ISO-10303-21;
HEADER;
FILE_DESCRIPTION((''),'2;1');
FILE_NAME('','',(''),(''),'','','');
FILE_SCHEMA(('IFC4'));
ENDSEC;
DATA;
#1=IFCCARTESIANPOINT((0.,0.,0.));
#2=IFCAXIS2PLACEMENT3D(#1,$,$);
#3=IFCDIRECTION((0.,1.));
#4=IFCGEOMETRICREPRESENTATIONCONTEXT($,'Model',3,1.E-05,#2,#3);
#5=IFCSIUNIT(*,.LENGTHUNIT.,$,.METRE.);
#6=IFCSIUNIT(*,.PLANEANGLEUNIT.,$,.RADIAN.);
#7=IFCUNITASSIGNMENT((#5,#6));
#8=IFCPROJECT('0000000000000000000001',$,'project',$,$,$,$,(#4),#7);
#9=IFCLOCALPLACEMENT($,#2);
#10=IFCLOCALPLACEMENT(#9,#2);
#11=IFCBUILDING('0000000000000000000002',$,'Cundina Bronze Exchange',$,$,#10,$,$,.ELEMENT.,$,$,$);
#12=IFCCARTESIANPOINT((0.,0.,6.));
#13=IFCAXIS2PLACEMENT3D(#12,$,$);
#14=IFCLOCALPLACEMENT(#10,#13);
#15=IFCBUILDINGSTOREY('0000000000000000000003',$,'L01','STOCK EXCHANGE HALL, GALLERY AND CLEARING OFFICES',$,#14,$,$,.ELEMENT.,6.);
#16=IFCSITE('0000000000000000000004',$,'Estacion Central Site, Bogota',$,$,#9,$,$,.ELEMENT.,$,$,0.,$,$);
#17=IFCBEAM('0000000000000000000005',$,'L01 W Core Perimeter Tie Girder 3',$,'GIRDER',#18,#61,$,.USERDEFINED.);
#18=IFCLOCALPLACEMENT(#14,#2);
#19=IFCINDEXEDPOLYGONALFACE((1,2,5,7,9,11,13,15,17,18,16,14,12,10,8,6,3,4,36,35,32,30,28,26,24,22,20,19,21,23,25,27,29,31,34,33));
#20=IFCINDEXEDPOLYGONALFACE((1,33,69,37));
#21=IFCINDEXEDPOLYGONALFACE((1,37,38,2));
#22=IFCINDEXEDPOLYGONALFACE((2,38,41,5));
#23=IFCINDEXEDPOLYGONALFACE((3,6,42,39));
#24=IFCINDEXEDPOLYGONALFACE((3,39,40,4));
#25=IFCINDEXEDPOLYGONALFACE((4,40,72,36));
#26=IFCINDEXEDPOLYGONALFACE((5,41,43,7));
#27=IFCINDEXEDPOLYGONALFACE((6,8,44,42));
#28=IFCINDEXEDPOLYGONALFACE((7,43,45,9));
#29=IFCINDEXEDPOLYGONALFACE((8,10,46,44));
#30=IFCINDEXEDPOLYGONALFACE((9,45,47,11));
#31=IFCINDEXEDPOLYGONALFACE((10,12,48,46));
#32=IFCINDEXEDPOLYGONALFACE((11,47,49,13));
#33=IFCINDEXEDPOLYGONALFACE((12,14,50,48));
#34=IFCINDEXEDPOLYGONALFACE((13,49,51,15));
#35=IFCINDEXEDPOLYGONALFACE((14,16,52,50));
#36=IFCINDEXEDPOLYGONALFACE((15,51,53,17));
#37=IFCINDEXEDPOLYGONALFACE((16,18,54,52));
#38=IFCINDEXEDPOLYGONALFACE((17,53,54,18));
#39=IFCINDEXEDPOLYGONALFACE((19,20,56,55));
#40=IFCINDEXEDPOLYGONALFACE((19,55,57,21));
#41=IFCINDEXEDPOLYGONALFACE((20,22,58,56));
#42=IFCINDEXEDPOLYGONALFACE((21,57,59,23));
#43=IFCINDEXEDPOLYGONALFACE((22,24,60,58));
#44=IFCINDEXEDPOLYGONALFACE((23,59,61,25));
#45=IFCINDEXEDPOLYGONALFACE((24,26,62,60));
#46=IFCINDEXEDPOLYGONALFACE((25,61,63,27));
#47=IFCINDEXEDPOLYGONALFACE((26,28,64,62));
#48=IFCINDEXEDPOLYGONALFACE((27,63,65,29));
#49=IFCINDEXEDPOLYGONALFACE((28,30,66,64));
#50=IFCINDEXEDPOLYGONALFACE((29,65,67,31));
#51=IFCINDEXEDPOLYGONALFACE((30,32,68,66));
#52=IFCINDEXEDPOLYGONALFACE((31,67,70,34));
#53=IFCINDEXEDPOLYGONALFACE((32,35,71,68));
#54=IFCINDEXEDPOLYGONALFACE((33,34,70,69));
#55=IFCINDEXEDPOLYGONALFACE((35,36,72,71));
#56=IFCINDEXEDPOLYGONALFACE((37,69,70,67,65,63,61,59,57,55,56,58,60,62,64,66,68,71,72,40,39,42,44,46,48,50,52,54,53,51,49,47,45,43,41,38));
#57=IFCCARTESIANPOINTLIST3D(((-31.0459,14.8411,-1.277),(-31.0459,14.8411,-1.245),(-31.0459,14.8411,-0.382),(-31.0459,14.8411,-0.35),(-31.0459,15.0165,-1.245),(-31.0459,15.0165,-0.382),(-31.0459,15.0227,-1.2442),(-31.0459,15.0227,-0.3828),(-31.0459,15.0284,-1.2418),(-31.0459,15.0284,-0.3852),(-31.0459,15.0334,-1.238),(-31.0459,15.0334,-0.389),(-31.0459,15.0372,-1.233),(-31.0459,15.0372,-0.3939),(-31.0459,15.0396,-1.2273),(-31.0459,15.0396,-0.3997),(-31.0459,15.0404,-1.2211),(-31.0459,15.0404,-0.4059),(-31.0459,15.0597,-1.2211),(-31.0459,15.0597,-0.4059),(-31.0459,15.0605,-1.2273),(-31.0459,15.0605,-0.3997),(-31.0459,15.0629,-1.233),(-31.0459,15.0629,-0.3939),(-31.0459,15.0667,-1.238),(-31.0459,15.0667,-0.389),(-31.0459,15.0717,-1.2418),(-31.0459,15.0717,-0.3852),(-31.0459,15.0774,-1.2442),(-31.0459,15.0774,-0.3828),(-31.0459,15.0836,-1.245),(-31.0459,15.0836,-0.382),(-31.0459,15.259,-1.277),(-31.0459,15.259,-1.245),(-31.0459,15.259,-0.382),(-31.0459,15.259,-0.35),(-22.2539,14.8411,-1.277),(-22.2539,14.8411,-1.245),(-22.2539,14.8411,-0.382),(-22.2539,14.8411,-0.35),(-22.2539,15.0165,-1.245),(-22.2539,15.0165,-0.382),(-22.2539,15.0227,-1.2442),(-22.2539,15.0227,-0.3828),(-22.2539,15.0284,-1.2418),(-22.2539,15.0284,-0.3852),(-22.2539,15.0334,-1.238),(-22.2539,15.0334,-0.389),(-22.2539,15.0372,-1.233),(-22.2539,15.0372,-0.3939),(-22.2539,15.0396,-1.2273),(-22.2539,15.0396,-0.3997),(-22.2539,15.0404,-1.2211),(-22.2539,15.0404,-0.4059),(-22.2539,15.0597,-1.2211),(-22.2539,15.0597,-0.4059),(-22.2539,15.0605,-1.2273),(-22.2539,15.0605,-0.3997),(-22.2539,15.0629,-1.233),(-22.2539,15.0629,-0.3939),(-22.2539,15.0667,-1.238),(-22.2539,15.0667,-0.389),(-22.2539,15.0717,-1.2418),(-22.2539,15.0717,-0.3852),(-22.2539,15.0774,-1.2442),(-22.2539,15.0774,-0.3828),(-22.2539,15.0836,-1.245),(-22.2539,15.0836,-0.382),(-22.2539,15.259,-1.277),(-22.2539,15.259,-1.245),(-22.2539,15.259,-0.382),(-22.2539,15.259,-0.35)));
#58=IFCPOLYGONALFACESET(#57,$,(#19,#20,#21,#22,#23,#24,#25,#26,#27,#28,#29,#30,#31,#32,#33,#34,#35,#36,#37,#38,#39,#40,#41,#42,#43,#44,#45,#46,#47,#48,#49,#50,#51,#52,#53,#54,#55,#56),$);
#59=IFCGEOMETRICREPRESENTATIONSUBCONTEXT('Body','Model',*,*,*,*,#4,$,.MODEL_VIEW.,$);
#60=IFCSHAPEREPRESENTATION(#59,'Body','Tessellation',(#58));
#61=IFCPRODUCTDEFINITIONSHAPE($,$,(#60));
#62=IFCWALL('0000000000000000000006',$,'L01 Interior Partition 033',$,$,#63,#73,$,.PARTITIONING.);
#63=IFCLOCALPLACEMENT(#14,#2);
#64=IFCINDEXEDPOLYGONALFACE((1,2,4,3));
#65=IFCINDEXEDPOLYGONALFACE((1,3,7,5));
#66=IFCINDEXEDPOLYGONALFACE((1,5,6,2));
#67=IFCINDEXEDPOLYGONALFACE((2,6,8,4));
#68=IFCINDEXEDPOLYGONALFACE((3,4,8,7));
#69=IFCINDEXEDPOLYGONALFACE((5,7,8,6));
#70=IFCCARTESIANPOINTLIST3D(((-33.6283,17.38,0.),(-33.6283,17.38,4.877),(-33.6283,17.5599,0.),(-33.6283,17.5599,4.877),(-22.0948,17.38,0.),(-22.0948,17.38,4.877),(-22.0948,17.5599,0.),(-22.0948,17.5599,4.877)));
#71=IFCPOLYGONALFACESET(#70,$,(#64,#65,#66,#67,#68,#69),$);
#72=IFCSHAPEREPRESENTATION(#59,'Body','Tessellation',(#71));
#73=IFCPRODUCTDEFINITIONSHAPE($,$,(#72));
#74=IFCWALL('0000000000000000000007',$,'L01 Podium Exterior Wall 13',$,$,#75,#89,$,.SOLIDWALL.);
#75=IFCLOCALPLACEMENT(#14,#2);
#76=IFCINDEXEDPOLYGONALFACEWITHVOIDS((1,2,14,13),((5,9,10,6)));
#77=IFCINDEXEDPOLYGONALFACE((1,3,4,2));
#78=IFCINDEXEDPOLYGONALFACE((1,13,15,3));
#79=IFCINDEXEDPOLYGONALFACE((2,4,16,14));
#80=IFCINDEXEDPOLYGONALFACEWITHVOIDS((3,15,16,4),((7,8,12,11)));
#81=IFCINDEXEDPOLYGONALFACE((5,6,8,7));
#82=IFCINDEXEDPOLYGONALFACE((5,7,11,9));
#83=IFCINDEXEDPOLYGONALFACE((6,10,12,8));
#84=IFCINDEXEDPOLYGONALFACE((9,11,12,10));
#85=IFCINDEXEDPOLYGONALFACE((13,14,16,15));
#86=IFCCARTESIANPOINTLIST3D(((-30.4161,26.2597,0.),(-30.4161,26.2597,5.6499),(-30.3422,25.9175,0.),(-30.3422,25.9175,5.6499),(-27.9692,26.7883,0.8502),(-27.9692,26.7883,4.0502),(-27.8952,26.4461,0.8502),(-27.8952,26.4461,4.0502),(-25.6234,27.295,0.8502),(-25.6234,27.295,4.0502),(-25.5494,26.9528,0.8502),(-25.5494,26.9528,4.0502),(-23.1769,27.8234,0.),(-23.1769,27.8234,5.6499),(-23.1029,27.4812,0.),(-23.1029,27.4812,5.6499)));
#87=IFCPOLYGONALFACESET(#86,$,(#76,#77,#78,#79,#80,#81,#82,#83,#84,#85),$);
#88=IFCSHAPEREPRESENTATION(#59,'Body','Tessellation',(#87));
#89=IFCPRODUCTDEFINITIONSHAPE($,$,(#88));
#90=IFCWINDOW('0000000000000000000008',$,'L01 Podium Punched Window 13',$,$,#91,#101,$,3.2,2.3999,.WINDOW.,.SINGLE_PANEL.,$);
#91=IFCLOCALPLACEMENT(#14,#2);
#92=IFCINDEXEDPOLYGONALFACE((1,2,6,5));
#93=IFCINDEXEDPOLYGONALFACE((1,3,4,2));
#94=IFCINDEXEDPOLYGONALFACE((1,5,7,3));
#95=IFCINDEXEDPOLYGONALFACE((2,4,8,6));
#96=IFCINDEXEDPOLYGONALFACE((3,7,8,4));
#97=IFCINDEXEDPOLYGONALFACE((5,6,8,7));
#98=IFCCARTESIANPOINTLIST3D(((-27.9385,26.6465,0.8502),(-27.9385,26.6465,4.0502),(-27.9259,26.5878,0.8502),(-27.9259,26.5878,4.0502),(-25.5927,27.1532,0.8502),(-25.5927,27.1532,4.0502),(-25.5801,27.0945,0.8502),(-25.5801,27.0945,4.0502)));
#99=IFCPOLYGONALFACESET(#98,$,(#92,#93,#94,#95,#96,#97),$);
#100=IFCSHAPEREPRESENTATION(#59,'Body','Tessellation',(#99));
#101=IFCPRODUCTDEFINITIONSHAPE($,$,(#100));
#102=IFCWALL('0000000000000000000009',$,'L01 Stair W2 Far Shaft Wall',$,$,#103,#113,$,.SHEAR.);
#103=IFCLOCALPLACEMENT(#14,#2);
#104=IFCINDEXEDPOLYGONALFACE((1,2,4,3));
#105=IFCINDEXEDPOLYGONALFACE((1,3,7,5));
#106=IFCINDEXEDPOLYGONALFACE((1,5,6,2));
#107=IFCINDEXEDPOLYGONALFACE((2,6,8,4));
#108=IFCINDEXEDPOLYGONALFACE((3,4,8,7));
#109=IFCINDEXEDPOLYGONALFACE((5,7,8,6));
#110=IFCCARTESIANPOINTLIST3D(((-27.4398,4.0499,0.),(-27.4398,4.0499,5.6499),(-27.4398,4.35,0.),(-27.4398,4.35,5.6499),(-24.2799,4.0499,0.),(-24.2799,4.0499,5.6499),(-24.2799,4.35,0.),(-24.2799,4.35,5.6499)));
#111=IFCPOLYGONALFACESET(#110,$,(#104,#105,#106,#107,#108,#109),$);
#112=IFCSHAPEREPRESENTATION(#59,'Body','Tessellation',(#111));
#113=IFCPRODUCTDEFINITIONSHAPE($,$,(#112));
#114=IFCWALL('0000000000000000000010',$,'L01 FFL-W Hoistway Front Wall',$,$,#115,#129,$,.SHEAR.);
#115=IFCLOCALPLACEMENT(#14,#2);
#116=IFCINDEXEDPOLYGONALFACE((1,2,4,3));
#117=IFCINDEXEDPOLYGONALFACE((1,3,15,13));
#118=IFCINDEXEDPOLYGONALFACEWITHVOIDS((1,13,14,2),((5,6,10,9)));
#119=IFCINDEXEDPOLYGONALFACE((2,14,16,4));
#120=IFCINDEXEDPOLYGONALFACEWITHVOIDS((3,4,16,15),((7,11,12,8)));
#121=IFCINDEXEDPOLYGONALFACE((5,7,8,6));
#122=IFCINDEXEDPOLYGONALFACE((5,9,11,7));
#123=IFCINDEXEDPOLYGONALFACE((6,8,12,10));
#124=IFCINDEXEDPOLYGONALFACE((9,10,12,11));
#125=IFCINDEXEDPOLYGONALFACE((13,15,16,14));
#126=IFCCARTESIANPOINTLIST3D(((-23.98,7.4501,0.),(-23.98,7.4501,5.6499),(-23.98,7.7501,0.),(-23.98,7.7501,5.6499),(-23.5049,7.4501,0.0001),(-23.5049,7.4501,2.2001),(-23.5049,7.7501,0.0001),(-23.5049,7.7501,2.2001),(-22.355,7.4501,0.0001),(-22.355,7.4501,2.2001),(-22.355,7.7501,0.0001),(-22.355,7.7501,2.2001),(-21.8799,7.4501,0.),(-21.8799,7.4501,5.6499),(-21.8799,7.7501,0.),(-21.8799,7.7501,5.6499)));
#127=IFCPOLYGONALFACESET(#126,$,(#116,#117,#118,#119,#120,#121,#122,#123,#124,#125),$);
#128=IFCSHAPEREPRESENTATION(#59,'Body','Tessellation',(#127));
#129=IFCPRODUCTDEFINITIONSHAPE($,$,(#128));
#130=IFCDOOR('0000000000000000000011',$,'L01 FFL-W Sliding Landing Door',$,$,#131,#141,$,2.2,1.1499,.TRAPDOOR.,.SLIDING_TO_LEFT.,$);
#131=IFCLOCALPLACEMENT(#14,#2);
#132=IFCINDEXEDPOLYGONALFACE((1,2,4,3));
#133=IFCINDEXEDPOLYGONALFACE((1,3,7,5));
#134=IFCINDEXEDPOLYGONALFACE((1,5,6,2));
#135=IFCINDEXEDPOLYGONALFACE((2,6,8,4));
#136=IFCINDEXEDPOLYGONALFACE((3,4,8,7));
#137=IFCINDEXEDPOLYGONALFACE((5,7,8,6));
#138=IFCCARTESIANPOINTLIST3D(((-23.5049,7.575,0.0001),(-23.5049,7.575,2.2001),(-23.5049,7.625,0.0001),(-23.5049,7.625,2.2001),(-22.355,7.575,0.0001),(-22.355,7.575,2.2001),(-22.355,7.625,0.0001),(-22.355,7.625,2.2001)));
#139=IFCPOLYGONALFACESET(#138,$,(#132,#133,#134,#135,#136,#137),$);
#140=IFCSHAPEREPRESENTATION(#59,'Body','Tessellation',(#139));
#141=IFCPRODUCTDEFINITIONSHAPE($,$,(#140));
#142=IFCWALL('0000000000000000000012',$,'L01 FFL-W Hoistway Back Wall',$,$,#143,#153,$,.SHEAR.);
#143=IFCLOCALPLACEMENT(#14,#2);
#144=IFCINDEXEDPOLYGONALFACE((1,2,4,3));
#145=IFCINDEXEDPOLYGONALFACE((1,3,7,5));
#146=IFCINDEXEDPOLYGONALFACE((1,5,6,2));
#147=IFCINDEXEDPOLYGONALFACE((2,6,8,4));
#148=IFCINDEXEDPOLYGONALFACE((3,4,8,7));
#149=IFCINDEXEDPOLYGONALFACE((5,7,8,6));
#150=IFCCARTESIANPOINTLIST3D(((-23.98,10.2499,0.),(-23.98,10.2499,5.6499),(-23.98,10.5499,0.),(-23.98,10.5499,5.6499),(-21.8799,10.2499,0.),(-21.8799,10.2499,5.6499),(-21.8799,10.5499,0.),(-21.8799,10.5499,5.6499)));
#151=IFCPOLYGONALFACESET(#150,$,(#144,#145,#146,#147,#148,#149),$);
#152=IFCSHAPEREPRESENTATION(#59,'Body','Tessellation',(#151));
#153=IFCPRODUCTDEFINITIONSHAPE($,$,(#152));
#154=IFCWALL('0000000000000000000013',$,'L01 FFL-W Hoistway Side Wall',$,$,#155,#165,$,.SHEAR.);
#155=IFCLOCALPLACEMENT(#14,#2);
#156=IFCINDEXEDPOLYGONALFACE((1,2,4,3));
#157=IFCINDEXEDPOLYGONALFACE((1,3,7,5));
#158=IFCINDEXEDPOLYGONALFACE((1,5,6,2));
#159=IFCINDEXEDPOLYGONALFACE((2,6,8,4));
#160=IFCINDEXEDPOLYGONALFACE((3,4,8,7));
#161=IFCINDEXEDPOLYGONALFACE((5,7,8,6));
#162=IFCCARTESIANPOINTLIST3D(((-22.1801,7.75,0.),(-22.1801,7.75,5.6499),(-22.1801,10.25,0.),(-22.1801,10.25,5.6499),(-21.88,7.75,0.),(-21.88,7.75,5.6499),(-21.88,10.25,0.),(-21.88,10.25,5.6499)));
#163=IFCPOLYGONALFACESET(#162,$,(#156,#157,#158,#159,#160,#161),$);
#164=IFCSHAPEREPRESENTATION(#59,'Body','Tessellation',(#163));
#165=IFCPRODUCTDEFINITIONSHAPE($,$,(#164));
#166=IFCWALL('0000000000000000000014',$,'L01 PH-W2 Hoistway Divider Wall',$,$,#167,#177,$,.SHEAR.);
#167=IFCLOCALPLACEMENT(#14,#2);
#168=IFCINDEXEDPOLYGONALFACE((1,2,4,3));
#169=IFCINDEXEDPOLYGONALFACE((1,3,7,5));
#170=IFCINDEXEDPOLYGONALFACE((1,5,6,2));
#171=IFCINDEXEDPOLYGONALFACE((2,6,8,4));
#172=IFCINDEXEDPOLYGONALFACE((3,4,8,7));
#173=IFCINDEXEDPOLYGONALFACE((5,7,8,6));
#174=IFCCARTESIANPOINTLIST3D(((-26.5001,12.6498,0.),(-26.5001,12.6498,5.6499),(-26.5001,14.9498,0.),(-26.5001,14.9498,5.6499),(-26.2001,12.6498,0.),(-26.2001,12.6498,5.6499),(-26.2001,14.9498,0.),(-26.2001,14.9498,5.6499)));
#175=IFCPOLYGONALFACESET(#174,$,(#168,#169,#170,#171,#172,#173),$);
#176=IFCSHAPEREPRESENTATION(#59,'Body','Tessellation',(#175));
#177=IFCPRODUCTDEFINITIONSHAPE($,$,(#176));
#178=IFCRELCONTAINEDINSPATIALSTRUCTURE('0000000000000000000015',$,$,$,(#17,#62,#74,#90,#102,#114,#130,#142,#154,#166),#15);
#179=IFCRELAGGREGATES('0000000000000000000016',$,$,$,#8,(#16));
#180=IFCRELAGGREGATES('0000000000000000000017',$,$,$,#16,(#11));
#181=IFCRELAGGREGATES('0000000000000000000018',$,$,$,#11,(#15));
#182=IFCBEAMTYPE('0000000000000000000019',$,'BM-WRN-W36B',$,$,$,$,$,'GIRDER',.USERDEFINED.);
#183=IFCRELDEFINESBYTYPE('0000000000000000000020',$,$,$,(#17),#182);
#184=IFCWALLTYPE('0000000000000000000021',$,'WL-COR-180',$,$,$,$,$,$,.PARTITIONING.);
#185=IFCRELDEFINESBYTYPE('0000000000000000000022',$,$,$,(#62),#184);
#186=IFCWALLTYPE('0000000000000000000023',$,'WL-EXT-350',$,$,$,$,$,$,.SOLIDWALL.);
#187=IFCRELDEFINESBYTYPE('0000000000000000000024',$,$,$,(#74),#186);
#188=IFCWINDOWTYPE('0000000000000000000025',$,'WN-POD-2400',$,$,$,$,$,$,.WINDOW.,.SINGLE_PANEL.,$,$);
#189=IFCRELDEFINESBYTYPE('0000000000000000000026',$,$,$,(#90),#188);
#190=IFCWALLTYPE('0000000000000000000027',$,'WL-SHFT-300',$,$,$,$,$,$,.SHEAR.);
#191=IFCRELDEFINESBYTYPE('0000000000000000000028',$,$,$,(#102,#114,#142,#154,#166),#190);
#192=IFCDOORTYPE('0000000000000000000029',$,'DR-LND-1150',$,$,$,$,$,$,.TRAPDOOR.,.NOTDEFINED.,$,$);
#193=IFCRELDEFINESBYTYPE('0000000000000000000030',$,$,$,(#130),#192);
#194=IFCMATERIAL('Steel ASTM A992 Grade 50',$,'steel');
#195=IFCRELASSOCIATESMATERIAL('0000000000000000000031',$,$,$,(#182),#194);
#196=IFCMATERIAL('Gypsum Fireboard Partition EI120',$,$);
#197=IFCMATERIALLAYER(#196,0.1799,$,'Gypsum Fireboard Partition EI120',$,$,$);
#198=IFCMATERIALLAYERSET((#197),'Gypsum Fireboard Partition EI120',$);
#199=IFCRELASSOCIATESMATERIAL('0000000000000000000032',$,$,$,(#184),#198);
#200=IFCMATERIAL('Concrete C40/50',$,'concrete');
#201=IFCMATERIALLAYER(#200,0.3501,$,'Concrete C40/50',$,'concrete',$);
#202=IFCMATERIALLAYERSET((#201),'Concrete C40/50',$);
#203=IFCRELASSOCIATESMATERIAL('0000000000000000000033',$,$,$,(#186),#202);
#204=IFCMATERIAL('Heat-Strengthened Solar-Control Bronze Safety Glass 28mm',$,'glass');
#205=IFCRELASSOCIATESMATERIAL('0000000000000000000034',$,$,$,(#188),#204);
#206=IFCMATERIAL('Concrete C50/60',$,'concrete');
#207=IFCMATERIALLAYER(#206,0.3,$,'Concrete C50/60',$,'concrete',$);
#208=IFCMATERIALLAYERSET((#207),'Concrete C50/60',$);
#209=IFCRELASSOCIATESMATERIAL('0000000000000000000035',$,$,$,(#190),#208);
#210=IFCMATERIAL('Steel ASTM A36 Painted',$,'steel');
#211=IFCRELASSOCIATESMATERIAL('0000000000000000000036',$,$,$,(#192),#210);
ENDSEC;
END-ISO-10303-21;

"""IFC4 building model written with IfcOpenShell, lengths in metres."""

from ifc_helpers import new_model, si_unit, direction, frame, frame_2d, origin, origin_2d, place, context, subcontext, project, spatial, rectangle, i_section, extrude, material, layer, layer_set, material_profile, profile_set, type_object, element, fill, save


model = new_model("IFC4")

# Units and contexts
model_context = context("Model", 3, precision=1e-05, world=origin(), true_north=direction((0.0, 1.0)))
body_context = subcontext(model_context, "Body", "Model", "MODEL_VIEW")
ifc_project = project(units=[si_unit("LENGTHUNIT", "METRE"), si_unit("PLANEANGLEUNIT", "RADIAN")], contexts=[model_context])

# Site, building, storey
site_placement = place(None, origin())
site = spatial("IfcSite", under=ifc_project, at=site_placement, Name="Estacion Central Site, Bogota", CompositionType="ELEMENT", RefElevation=0.0)
building_placement = place(site_placement, origin())
building = spatial("IfcBuilding", under=site, at=building_placement, Name="Cundina Bronze Exchange", CompositionType="ELEMENT")
storey_placement = place(building_placement, frame((0.0, 0.0, 6.0)))
storey = spatial("IfcBuildingStorey", under=building, at=storey_placement, Name="L01", Description="STOCK EXCHANGE HALL, GALLERY AND CLEARING OFFICES", CompositionType="ELEMENT", Elevation=6.0)

# Shared definitions
ifc_material_1 = material(Name="Steel ASTM A992 Grade 50", Category="steel")

# Beam
ifc_material_profile_1 = material_profile(ifc_material_1, i_section(OverallWidth=0.418, OverallDepth=0.927, WebThickness=0.0193, FlangeThickness=0.032, FilletRadius=0.0239, at=origin_2d()), Name="W36X231", Category="steel")
ifc_profile_set_1 = profile_set([ifc_material_profile_1], Name="Steel ASTM A992 Grade 50")
beam_type_1 = type_object("IfcBeamType", Name="BM-WRN-W36B", ElementType="GIRDER", PredefinedType="USERDEFINED", material=ifc_profile_set_1)
beam_1_placement = place(storey_placement, frame((-22.2539, 15.05, -0.8135), z_axis=(-1.0, 0.0, 0.0), x_axis=(0.0, -1.0, 0.0)))
element("IfcBeam", 1, at=beam_1_placement, inside=storey, type_object=beam_type_1, Name="L01 W Core Perimeter Tie Girder 3", ObjectType="GIRDER", PredefinedType="USERDEFINED", context=body_context, shape_type="SweptSolid", body=[
    extrude(i_section(OverallWidth=0.418, OverallDepth=0.927, WebThickness=0.0193, FlangeThickness=0.032, FilletRadius=0.0239, at=origin_2d()), origin(), (0.0, 0.0, 1.0), 8.792),
])

# Wall
ifc_material_2 = material(Name="Gypsum Fireboard Partition EI120")
ifc_layer_1 = layer(ifc_material_2, 0.1799, Name="Gypsum Fireboard Partition EI120")
ifc_layer_set_1 = layer_set([ifc_layer_1], Name="Gypsum Fireboard Partition EI120")
wall_type_1 = type_object("IfcWallType", Name="WL-COR-180", PredefinedType="PARTITIONING", material=ifc_layer_set_1)
wall_1_placement = place(storey_placement, frame((-22.095, 17.47, 0.0), z_axis=(0.0, 0.0, 1.0), x_axis=(-1.0, 0.0, 0.0)))
element("IfcWall", 2, at=wall_1_placement, inside=storey, type_object=wall_type_1, Name="L01 Interior Partition 033", PredefinedType="PARTITIONING", context=body_context, shape_type="SweptSolid", body=[
    extrude(rectangle(XDim=11.5334, YDim=0.1799, at=frame_2d((5.7666, 0.0))), origin(), (0.0, 0.0, 1.0), 4.877),
])

# Wall, opening, window
ifc_material_3 = material(Name="Concrete C40/50", Category="concrete")
ifc_layer_2 = layer(ifc_material_3, 0.3501, Name="Concrete C40/50", Category="concrete")
ifc_layer_set_2 = layer_set([ifc_layer_2], Name="Concrete C40/50")
wall_type_2 = type_object("IfcWallType", Name="WL-EXT-350", PredefinedType="SOLIDWALL", material=ifc_layer_set_2)
wall_2_placement = place(storey_placement, frame((-23.1399, 27.6523, 0.0), z_axis=(0.0, 0.0, 1.0), x_axis=(-0.977457, -0.211136, 0.0)))
wall_2 = element("IfcWall", 3, at=wall_2_placement, inside=storey, type_object=wall_type_2, Name="L01 Podium Exterior Wall 13", PredefinedType="SOLIDWALL", context=body_context, shape_type="SweptSolid", body=[
    extrude(rectangle(XDim=7.4062, YDim=0.3501, at=frame_2d((3.7031, 0.0))), origin(), (0.0, 0.0, 1.0), 5.6499),
])
opening_1_placement = place(wall_2_placement, frame((2.5029, 0.0, 0.8501)))
opening_1 = element("IfcOpeningElement", 4, at=opening_1_placement, cuts=wall_2, PredefinedType="OPENING", context=body_context, shape_type="SweptSolid", body=[
    extrude(rectangle(XDim=2.3999, YDim=3.2, at=frame_2d((1.2, 1.6001))), frame((0.0, 0.1851, 0.0), z_axis=(0.0, -1.0, 0.0), x_axis=(1.0, 0.0, 0.0)), (0.0, 0.0, 1.0), 0.3701),
])
ifc_material_4 = material(Name="Heat-Strengthened Solar-Control Bronze Safety Glass 28mm", Category="glass")
window_type_1 = type_object("IfcWindowType", Name="WN-POD-2400", PartitioningType="SINGLE_PANEL", PredefinedType="WINDOW", material=ifc_material_4)
window_1_placement = place(opening_1_placement, origin())
window_1 = element("IfcWindow", 5, at=window_1_placement, inside=storey, type_object=window_type_1, Name="L01 Podium Punched Window 13", OverallHeight=3.2, OverallWidth=2.3999, PartitioningType="SINGLE_PANEL", PredefinedType="WINDOW", context=body_context, shape_type="SweptSolid", body=[
    extrude(rectangle(XDim=2.3999, YDim=3.2, at=frame_2d((1.2, 1.6001))), frame((0.0, 0.03, 0.0), z_axis=(0.0, -1.0, 0.0), x_axis=(1.0, 0.0, 0.0)), (0.0, 0.0, 1.0), 0.0601),
])
fill(opening_1, window_1)

# Shared definitions
ifc_material_5 = material(Name="Concrete C50/60", Category="concrete")
ifc_layer_3 = layer(ifc_material_5, 0.3, Name="Concrete C50/60", Category="concrete")
ifc_layer_set_3 = layer_set([ifc_layer_3], Name="Concrete C50/60")
wall_type_3 = type_object("IfcWallType", Name="WL-SHFT-300", PredefinedType="SHEAR", material=ifc_layer_set_3)
ifc_material_6 = material(Name="Steel ASTM A36 Painted", Category="steel")

# Wall
wall_3_placement = place(storey_placement, frame((-27.4399, 4.2, 0.0), z_axis=(0.0, 0.0, 1.0), x_axis=(1.0, 0.0, 0.0)))
element("IfcWall", 6, at=wall_3_placement, inside=storey, type_object=wall_type_3, Name="L01 Stair W2 Far Shaft Wall", PredefinedType="SHEAR", context=body_context, shape_type="SweptSolid", body=[
    extrude(rectangle(XDim=3.1599, YDim=0.3, at=frame_2d((1.5801, 0.0))), origin(), (0.0, 0.0, 1.0), 5.6499),
])

# Wall, opening, door
wall_4_placement = place(storey_placement, frame((-23.98, 7.6001, 0.0), z_axis=(0.0, 0.0, 1.0), x_axis=(1.0, 0.0, 0.0)))
wall_4 = element("IfcWall", 7, at=wall_4_placement, inside=storey, type_object=wall_type_3, Name="L01 FFL-W Hoistway Front Wall", PredefinedType="SHEAR", context=body_context, shape_type="SweptSolid", body=[
    extrude(rectangle(XDim=2.1001, YDim=0.3, at=frame_2d((1.05, 0.0))), origin(), (0.0, 0.0, 1.0), 5.6499),
])
opening_2_placement = place(wall_4_placement, frame((0.4751, 0.0, 0.0)))
opening_2 = element("IfcOpeningElement", 8, at=opening_2_placement, cuts=wall_4, PredefinedType="OPENING", context=body_context, shape_type="SweptSolid", body=[
    extrude(rectangle(XDim=1.1499, YDim=2.2, at=frame_2d((0.575, 1.1001))), frame((0.0, 0.1599, 0.0), z_axis=(0.0, -1.0, 0.0), x_axis=(1.0, 0.0, 0.0)), (0.0, 0.0, 1.0), 0.3201),
])
door_type_1 = type_object("IfcDoorType", Name="DR-LND-1150", OperationType="NOTDEFINED", PredefinedType="TRAPDOOR", material=ifc_material_6)
door_1_placement = place(opening_2_placement, origin())
door_1 = element("IfcDoor", 9, at=door_1_placement, inside=storey, type_object=door_type_1, Name="L01 FFL-W Sliding Landing Door", OperationType="SLIDING_TO_LEFT", OverallHeight=2.2, OverallWidth=1.1499, PredefinedType="TRAPDOOR", context=body_context, shape_type="SweptSolid", body=[
    extrude(rectangle(XDim=1.1499, YDim=2.2, at=frame_2d((0.575, 1.1001))), frame((0.0, 0.0249, 0.0), z_axis=(0.0, -1.0, 0.0), x_axis=(1.0, 0.0, 0.0)), (0.0, 0.0, 1.0), 0.05),
])
fill(opening_2, door_1)

# Walls
wall_5_placement = place(storey_placement, frame((-23.98, 10.3999, 0.0), z_axis=(0.0, 0.0, 1.0), x_axis=(1.0, 0.0, 0.0)))
element("IfcWall", 10, at=wall_5_placement, inside=storey, type_object=wall_type_3, Name="L01 FFL-W Hoistway Back Wall", PredefinedType="SHEAR", context=body_context, shape_type="SweptSolid", body=[
    extrude(rectangle(XDim=2.1001, YDim=0.3, at=frame_2d((1.05, 0.0))), origin(), (0.0, 0.0, 1.0), 5.6499),
])
wall_6_placement = place(storey_placement, frame((-22.03, 7.75, 0.0), z_axis=(0.0, 0.0, 1.0), x_axis=(0.0, 1.0, 0.0)))
element("IfcWall", 11, at=wall_6_placement, inside=storey, type_object=wall_type_3, Name="L01 FFL-W Hoistway Side Wall", PredefinedType="SHEAR", context=body_context, shape_type="SweptSolid", body=[
    extrude(rectangle(XDim=2.5, YDim=0.3, at=frame_2d((1.25, 0.0))), origin(), (0.0, 0.0, 1.0), 5.6499),
])
wall_7_placement = place(storey_placement, frame((-26.3501, 12.6499, 0.0), z_axis=(0.0, 0.0, 1.0), x_axis=(0.0, 1.0, 0.0)))
element("IfcWall", 12, at=wall_7_placement, inside=storey, type_object=wall_type_3, Name="L01 PH-W2 Hoistway Divider Wall", PredefinedType="SHEAR", context=body_context, shape_type="SweptSolid", body=[
    extrude(rectangle(XDim=2.3, YDim=0.3, at=frame_2d((1.1499, 0.0))), origin(), (0.0, 0.0, 1.0), 5.6499),
])

save(model, "model.ifc")
